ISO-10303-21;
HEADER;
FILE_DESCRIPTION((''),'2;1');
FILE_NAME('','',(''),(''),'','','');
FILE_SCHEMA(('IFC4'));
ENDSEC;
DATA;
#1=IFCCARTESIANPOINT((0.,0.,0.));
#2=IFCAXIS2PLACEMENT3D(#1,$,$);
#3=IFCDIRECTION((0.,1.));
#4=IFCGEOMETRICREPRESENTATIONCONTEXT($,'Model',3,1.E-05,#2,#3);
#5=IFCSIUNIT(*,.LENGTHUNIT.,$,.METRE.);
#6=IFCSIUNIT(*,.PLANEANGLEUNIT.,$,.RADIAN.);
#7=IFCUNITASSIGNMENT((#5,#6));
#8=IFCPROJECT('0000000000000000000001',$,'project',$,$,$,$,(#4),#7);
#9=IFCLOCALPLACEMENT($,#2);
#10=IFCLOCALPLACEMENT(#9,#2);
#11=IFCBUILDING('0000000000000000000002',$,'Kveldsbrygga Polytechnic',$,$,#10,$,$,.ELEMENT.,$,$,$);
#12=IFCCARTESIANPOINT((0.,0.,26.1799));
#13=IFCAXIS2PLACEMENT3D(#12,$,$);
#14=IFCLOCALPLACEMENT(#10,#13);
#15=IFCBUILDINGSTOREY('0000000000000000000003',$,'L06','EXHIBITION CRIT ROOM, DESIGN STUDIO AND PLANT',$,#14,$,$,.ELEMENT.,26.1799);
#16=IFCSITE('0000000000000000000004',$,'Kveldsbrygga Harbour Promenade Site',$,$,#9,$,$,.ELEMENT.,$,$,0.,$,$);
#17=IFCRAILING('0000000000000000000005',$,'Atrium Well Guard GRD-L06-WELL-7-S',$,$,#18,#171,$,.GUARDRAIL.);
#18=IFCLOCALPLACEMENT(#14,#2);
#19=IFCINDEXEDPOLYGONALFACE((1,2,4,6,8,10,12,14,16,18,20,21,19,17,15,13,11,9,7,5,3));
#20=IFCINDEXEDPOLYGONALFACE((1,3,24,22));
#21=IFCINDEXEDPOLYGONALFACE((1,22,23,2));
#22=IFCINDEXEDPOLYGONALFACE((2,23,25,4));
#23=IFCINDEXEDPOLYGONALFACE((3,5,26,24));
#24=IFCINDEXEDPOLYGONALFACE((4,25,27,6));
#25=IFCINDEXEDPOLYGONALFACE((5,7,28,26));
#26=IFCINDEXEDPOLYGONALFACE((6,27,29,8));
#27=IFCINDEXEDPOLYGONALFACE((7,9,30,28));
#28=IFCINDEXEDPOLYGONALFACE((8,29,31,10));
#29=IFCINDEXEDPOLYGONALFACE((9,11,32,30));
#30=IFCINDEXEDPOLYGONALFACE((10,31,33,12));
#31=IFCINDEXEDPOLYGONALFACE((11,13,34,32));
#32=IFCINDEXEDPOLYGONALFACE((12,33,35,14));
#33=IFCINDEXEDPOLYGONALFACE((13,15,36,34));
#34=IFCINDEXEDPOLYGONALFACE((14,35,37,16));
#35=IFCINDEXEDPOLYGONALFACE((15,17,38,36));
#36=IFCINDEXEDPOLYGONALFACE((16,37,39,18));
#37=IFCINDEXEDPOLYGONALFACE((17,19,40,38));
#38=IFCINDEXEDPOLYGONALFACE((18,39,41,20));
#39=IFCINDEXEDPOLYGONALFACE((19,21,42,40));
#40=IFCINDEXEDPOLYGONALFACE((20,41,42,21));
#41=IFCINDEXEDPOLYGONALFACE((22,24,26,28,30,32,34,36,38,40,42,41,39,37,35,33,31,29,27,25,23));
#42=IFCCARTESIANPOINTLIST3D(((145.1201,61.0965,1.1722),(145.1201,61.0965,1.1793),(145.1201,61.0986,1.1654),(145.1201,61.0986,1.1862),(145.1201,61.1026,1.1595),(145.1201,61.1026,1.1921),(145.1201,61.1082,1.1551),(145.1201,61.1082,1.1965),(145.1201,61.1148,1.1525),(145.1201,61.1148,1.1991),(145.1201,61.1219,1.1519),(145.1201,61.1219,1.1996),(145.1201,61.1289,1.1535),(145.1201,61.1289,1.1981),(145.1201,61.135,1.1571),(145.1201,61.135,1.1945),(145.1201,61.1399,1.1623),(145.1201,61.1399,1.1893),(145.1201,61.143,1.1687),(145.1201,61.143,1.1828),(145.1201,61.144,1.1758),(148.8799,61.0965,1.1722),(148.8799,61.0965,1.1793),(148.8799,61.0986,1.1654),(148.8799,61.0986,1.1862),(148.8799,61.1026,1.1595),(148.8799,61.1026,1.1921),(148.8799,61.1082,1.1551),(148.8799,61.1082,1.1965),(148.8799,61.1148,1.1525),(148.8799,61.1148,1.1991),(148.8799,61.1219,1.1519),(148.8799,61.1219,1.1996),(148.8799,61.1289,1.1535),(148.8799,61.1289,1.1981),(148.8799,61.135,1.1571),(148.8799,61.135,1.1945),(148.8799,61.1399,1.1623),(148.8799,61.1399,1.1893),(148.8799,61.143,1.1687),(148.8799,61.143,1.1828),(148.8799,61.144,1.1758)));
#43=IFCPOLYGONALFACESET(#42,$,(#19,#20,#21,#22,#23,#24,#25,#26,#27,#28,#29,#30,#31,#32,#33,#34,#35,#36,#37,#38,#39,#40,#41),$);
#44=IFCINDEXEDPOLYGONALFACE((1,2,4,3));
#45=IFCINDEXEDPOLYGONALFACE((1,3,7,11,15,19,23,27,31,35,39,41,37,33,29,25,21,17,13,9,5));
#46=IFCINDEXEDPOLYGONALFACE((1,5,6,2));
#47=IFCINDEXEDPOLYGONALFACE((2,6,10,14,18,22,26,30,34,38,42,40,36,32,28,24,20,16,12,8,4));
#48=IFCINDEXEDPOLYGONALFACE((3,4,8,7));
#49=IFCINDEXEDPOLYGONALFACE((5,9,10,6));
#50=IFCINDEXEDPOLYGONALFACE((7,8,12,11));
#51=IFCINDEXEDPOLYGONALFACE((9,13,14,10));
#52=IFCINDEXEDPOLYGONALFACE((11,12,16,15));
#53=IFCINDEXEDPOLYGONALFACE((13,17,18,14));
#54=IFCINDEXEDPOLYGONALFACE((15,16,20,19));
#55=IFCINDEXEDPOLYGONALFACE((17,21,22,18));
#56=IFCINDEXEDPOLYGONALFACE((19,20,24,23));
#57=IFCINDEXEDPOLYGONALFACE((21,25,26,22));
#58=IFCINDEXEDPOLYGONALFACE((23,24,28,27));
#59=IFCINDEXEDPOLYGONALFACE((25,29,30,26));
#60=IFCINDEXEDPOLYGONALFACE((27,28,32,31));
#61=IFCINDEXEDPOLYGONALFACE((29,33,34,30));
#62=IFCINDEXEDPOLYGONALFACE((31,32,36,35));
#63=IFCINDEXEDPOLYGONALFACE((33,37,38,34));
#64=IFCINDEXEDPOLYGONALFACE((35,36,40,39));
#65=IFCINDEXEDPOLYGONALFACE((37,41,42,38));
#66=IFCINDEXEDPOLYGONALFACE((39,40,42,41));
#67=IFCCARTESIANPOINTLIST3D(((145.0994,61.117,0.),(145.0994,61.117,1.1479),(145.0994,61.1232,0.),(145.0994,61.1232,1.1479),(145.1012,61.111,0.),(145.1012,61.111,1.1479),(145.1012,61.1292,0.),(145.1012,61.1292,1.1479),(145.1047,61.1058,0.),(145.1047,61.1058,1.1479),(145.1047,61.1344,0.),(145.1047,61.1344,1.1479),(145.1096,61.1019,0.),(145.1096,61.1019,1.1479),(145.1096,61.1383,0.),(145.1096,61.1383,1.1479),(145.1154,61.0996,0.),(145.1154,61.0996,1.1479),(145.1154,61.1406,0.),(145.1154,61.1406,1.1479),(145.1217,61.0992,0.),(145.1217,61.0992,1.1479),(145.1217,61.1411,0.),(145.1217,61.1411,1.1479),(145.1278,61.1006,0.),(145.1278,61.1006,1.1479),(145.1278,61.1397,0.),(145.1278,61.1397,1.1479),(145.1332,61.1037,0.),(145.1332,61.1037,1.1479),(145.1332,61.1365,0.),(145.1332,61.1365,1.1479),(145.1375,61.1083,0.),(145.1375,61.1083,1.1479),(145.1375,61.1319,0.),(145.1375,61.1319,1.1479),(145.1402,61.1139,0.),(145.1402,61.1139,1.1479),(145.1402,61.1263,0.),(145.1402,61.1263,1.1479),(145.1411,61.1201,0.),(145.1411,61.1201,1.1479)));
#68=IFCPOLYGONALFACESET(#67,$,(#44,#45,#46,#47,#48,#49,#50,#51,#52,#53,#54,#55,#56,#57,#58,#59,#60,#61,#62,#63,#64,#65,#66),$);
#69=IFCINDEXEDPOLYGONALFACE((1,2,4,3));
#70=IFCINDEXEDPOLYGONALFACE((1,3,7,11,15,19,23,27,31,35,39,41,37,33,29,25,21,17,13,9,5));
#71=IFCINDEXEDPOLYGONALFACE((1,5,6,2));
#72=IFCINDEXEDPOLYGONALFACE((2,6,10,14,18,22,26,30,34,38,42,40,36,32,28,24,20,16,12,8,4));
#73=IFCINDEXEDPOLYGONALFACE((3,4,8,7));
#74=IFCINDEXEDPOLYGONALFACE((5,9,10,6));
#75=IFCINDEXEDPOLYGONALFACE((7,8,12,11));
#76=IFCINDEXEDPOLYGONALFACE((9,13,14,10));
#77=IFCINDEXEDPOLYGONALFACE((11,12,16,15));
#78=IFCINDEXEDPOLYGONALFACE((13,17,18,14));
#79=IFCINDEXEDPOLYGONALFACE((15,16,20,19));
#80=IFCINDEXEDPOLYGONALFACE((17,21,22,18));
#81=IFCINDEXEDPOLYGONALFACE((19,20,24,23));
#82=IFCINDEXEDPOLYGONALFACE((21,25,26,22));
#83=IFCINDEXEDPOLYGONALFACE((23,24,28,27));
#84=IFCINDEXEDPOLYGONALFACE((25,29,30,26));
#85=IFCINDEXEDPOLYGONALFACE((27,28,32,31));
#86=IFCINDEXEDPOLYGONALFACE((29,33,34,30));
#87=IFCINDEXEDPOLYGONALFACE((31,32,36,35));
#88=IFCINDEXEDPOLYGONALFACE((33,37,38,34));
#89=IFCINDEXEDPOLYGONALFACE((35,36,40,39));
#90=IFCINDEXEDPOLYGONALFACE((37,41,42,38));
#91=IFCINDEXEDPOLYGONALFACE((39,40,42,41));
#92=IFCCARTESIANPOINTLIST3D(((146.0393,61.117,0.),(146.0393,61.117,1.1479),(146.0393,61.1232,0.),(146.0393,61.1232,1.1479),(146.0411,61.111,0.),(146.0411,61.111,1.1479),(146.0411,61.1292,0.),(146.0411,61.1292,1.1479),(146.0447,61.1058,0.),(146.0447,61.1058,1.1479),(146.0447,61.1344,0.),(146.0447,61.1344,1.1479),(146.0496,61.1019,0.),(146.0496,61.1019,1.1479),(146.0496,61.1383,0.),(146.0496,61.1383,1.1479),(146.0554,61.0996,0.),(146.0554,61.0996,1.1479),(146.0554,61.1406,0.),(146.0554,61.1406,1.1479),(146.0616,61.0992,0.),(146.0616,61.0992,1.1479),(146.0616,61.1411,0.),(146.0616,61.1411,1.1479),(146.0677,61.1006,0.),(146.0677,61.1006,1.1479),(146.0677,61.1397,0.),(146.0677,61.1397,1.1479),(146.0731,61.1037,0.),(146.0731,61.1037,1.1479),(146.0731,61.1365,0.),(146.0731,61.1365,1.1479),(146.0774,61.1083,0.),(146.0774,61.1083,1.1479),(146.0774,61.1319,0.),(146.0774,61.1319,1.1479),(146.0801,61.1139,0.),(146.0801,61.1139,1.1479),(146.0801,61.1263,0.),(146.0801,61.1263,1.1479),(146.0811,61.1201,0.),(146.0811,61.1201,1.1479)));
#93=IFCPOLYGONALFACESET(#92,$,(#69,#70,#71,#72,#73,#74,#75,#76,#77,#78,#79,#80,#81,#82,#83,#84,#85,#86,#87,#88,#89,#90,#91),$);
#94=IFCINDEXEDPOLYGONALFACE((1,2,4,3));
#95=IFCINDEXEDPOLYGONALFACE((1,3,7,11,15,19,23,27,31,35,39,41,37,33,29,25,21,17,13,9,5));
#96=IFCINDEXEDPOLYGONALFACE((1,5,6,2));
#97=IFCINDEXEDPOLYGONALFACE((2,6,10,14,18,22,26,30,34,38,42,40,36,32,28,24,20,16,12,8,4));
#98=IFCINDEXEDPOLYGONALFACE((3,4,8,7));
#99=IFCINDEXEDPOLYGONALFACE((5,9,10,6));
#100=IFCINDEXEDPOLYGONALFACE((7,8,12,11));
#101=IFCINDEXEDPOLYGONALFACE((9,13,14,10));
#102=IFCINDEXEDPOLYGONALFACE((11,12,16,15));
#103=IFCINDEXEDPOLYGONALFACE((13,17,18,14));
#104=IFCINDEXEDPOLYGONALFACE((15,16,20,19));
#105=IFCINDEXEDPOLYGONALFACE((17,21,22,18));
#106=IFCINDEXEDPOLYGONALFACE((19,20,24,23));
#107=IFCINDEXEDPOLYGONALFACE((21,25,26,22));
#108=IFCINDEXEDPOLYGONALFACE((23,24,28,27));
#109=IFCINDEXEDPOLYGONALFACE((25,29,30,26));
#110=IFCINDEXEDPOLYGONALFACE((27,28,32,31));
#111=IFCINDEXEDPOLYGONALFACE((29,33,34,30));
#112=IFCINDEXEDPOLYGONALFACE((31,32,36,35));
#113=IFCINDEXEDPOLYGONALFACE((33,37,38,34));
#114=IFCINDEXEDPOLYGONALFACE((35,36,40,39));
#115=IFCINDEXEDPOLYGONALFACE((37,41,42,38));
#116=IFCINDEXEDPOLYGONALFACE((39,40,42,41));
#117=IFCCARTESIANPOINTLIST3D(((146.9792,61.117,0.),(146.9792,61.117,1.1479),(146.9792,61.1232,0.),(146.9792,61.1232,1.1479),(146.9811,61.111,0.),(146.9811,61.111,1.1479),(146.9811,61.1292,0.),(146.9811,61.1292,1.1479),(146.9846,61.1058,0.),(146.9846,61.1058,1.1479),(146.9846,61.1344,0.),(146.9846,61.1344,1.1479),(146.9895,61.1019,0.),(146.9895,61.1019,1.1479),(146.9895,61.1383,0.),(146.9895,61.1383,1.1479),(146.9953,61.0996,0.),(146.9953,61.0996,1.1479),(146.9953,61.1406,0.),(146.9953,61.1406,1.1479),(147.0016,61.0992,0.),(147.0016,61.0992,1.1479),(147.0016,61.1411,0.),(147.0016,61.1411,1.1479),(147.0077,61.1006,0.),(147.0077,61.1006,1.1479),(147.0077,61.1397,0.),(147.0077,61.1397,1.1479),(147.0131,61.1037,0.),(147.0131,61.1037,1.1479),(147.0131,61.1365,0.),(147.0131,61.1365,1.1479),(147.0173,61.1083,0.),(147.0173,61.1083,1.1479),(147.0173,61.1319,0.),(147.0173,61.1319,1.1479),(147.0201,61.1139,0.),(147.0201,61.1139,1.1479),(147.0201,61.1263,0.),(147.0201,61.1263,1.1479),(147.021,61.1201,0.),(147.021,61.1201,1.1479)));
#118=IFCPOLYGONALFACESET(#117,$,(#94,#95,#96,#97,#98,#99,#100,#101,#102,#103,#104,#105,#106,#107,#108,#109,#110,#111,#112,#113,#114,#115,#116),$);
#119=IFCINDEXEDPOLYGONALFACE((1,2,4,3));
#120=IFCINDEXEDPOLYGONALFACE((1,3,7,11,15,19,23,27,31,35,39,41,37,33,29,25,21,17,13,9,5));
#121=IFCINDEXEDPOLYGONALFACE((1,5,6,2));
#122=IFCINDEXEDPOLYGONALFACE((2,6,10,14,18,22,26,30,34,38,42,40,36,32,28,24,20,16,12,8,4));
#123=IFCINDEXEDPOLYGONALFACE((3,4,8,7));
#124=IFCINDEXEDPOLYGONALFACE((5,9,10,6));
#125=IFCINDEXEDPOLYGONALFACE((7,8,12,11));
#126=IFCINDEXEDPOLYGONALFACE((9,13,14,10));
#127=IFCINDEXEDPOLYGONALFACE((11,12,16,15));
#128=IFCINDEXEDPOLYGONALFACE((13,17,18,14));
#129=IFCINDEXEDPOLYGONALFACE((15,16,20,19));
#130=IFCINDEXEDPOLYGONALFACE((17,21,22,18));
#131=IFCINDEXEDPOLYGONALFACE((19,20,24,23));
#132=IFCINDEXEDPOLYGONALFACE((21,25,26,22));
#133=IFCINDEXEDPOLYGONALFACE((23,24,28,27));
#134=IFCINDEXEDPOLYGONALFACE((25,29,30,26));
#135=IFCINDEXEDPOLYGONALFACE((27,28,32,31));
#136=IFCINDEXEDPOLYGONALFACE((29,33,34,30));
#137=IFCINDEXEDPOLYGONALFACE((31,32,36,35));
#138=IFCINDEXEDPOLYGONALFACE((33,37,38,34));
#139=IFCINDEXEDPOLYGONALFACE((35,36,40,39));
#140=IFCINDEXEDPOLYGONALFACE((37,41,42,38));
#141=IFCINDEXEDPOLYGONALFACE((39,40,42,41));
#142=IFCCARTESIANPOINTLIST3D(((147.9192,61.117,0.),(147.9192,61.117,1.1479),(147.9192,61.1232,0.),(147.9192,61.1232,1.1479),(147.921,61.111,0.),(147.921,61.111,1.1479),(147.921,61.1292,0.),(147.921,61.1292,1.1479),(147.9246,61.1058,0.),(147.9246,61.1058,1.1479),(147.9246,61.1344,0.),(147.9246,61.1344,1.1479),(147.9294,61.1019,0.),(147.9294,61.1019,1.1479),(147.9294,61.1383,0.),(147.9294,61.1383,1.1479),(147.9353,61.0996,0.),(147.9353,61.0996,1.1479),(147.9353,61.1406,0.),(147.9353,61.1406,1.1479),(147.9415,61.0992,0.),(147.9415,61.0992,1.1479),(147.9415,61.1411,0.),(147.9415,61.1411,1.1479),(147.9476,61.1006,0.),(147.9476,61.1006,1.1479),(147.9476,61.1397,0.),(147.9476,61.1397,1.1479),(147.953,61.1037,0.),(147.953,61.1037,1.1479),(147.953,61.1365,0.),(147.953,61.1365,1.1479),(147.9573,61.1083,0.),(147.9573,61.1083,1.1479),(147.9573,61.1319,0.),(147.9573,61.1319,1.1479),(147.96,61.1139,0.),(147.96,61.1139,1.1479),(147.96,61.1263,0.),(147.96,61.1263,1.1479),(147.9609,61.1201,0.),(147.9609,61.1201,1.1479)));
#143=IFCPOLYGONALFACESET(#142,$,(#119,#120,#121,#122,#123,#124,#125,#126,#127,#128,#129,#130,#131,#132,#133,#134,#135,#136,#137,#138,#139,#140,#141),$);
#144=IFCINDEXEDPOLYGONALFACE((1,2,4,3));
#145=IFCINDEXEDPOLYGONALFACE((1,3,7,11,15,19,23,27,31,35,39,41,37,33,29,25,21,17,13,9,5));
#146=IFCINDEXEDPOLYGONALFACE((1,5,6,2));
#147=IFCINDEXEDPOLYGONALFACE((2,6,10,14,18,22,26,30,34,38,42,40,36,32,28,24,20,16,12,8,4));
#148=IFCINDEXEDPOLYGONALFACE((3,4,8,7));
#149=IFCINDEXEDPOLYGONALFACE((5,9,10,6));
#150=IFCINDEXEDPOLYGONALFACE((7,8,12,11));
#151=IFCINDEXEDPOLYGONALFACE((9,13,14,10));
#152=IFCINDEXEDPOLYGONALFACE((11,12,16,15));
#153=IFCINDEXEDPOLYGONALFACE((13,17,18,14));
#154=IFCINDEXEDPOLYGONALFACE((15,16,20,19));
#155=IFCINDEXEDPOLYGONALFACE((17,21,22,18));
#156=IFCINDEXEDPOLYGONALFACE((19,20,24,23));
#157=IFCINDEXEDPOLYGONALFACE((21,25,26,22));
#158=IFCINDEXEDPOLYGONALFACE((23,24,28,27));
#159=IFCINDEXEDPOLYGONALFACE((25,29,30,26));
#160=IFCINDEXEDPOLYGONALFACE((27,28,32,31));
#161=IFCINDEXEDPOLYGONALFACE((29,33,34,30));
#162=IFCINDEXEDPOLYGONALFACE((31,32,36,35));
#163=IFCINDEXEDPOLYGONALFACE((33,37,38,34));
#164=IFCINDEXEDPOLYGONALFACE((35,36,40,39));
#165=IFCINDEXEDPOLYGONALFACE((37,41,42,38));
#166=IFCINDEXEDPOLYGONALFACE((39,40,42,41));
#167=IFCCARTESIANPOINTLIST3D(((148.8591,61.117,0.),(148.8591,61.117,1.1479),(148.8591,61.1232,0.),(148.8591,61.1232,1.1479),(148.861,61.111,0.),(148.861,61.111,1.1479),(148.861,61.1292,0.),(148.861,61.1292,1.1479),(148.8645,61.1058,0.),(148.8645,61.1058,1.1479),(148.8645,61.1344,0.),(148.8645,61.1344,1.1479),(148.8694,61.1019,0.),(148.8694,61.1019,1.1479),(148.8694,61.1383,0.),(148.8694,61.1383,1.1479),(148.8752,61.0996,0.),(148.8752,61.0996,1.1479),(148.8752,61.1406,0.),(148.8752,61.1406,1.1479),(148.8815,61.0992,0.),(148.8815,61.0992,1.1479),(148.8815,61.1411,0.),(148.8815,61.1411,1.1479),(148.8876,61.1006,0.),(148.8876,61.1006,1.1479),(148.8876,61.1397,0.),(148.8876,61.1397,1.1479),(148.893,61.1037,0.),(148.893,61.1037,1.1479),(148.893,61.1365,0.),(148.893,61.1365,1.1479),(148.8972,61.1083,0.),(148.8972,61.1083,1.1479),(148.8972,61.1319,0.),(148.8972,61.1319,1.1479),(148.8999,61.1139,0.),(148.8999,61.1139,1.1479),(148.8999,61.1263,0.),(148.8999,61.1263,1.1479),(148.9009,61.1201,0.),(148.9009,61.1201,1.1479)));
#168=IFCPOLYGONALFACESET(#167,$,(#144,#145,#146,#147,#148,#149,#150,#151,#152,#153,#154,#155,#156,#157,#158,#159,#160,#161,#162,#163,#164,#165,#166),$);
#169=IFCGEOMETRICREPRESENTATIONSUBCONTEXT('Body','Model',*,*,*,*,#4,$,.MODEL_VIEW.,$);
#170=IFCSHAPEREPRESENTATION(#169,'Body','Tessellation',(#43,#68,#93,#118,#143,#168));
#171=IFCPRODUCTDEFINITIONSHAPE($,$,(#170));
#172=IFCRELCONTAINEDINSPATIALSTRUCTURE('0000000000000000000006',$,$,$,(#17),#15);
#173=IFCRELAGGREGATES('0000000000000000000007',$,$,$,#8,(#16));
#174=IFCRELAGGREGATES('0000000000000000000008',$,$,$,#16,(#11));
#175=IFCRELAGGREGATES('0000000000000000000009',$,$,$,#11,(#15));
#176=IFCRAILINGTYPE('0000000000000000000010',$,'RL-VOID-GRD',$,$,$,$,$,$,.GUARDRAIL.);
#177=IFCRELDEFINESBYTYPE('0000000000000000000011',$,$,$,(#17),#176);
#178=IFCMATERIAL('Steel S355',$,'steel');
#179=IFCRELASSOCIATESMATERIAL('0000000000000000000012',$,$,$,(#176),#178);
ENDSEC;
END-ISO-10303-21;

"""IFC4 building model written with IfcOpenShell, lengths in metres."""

from ifc_helpers import new_model, si_unit, direction, frame, origin, origin_2d, place, context, subcontext, project, spatial, circle, extrude, material, type_object, element, save


model = new_model("IFC4")

# Units and contexts
model_context = context("Model", 3, precision=1e-05, world=origin(), true_north=direction((0.0, 1.0)))
body_context = subcontext(model_context, "Body", "Model", "MODEL_VIEW")
ifc_project = project(units=[si_unit("LENGTHUNIT", "METRE"), si_unit("PLANEANGLEUNIT", "RADIAN")], contexts=[model_context])

# Site, building, storey
site_placement = place(None, origin())
site = spatial("IfcSite", under=ifc_project, at=site_placement, Name="Kveldsbrygga Harbour Promenade Site", CompositionType="ELEMENT", RefElevation=0.0)
building_placement = place(site_placement, origin())
building = spatial("IfcBuilding", under=site, at=building_placement, Name="Kveldsbrygga Polytechnic", CompositionType="ELEMENT")
storey_placement = place(building_placement, frame((0.0, 0.0, 26.1799)))
storey = spatial("IfcBuildingStorey", under=building, at=storey_placement, Name="L06", Description="EXHIBITION CRIT ROOM, DESIGN STUDIO AND PLANT", CompositionType="ELEMENT", Elevation=26.1799)

# Shared definitions
ifc_material_1 = material(Name="Steel S355", Category="steel")

# Railing
railing_type = type_object("IfcRailingType", Name="RL-VOID-GRD", PredefinedType="GUARDRAIL", material=ifc_material_1)
railing_1_placement = place(storey_placement, frame((145.1201, 61.1201, 0.0)))
element("IfcRailing", 1, at=railing_1_placement, inside=storey, type_object=railing_type, Name="Atrium Well Guard GRD-L06-WELL-7-S", PredefinedType="GUARDRAIL", context=body_context, shape_type="SweptSolid", body=[
    extrude(circle(Radius=0.0239, at=origin_2d()), frame((0.0, 0.0, 1.1758), z_axis=(1.0, 0.0, 0.0), x_axis=(0.0, 1.0, 0.0)), (0.0, 0.0, 1.0), 3.7598),
    extrude(circle(Radius=0.021, at=origin_2d()), origin(), (0.0, 0.0, 1.0), 1.1479),
    extrude(circle(Radius=0.021, at=origin_2d()), frame((0.9399, 0.0, 0.0)), (0.0, 0.0, 1.0), 1.1479),
    extrude(circle(Radius=0.021, at=origin_2d()), frame((1.8799, 0.0, 0.0)), (0.0, 0.0, 1.0), 1.1479),
    extrude(circle(Radius=0.021, at=origin_2d()), frame((2.8198, 0.0, 0.0)), (0.0, 0.0, 1.0), 1.1479),
    extrude(circle(Radius=0.021, at=origin_2d()), frame((3.7598, 0.0, 0.0)), (0.0, 0.0, 1.0), 1.1479),
])

save(model, "model.ifc")
